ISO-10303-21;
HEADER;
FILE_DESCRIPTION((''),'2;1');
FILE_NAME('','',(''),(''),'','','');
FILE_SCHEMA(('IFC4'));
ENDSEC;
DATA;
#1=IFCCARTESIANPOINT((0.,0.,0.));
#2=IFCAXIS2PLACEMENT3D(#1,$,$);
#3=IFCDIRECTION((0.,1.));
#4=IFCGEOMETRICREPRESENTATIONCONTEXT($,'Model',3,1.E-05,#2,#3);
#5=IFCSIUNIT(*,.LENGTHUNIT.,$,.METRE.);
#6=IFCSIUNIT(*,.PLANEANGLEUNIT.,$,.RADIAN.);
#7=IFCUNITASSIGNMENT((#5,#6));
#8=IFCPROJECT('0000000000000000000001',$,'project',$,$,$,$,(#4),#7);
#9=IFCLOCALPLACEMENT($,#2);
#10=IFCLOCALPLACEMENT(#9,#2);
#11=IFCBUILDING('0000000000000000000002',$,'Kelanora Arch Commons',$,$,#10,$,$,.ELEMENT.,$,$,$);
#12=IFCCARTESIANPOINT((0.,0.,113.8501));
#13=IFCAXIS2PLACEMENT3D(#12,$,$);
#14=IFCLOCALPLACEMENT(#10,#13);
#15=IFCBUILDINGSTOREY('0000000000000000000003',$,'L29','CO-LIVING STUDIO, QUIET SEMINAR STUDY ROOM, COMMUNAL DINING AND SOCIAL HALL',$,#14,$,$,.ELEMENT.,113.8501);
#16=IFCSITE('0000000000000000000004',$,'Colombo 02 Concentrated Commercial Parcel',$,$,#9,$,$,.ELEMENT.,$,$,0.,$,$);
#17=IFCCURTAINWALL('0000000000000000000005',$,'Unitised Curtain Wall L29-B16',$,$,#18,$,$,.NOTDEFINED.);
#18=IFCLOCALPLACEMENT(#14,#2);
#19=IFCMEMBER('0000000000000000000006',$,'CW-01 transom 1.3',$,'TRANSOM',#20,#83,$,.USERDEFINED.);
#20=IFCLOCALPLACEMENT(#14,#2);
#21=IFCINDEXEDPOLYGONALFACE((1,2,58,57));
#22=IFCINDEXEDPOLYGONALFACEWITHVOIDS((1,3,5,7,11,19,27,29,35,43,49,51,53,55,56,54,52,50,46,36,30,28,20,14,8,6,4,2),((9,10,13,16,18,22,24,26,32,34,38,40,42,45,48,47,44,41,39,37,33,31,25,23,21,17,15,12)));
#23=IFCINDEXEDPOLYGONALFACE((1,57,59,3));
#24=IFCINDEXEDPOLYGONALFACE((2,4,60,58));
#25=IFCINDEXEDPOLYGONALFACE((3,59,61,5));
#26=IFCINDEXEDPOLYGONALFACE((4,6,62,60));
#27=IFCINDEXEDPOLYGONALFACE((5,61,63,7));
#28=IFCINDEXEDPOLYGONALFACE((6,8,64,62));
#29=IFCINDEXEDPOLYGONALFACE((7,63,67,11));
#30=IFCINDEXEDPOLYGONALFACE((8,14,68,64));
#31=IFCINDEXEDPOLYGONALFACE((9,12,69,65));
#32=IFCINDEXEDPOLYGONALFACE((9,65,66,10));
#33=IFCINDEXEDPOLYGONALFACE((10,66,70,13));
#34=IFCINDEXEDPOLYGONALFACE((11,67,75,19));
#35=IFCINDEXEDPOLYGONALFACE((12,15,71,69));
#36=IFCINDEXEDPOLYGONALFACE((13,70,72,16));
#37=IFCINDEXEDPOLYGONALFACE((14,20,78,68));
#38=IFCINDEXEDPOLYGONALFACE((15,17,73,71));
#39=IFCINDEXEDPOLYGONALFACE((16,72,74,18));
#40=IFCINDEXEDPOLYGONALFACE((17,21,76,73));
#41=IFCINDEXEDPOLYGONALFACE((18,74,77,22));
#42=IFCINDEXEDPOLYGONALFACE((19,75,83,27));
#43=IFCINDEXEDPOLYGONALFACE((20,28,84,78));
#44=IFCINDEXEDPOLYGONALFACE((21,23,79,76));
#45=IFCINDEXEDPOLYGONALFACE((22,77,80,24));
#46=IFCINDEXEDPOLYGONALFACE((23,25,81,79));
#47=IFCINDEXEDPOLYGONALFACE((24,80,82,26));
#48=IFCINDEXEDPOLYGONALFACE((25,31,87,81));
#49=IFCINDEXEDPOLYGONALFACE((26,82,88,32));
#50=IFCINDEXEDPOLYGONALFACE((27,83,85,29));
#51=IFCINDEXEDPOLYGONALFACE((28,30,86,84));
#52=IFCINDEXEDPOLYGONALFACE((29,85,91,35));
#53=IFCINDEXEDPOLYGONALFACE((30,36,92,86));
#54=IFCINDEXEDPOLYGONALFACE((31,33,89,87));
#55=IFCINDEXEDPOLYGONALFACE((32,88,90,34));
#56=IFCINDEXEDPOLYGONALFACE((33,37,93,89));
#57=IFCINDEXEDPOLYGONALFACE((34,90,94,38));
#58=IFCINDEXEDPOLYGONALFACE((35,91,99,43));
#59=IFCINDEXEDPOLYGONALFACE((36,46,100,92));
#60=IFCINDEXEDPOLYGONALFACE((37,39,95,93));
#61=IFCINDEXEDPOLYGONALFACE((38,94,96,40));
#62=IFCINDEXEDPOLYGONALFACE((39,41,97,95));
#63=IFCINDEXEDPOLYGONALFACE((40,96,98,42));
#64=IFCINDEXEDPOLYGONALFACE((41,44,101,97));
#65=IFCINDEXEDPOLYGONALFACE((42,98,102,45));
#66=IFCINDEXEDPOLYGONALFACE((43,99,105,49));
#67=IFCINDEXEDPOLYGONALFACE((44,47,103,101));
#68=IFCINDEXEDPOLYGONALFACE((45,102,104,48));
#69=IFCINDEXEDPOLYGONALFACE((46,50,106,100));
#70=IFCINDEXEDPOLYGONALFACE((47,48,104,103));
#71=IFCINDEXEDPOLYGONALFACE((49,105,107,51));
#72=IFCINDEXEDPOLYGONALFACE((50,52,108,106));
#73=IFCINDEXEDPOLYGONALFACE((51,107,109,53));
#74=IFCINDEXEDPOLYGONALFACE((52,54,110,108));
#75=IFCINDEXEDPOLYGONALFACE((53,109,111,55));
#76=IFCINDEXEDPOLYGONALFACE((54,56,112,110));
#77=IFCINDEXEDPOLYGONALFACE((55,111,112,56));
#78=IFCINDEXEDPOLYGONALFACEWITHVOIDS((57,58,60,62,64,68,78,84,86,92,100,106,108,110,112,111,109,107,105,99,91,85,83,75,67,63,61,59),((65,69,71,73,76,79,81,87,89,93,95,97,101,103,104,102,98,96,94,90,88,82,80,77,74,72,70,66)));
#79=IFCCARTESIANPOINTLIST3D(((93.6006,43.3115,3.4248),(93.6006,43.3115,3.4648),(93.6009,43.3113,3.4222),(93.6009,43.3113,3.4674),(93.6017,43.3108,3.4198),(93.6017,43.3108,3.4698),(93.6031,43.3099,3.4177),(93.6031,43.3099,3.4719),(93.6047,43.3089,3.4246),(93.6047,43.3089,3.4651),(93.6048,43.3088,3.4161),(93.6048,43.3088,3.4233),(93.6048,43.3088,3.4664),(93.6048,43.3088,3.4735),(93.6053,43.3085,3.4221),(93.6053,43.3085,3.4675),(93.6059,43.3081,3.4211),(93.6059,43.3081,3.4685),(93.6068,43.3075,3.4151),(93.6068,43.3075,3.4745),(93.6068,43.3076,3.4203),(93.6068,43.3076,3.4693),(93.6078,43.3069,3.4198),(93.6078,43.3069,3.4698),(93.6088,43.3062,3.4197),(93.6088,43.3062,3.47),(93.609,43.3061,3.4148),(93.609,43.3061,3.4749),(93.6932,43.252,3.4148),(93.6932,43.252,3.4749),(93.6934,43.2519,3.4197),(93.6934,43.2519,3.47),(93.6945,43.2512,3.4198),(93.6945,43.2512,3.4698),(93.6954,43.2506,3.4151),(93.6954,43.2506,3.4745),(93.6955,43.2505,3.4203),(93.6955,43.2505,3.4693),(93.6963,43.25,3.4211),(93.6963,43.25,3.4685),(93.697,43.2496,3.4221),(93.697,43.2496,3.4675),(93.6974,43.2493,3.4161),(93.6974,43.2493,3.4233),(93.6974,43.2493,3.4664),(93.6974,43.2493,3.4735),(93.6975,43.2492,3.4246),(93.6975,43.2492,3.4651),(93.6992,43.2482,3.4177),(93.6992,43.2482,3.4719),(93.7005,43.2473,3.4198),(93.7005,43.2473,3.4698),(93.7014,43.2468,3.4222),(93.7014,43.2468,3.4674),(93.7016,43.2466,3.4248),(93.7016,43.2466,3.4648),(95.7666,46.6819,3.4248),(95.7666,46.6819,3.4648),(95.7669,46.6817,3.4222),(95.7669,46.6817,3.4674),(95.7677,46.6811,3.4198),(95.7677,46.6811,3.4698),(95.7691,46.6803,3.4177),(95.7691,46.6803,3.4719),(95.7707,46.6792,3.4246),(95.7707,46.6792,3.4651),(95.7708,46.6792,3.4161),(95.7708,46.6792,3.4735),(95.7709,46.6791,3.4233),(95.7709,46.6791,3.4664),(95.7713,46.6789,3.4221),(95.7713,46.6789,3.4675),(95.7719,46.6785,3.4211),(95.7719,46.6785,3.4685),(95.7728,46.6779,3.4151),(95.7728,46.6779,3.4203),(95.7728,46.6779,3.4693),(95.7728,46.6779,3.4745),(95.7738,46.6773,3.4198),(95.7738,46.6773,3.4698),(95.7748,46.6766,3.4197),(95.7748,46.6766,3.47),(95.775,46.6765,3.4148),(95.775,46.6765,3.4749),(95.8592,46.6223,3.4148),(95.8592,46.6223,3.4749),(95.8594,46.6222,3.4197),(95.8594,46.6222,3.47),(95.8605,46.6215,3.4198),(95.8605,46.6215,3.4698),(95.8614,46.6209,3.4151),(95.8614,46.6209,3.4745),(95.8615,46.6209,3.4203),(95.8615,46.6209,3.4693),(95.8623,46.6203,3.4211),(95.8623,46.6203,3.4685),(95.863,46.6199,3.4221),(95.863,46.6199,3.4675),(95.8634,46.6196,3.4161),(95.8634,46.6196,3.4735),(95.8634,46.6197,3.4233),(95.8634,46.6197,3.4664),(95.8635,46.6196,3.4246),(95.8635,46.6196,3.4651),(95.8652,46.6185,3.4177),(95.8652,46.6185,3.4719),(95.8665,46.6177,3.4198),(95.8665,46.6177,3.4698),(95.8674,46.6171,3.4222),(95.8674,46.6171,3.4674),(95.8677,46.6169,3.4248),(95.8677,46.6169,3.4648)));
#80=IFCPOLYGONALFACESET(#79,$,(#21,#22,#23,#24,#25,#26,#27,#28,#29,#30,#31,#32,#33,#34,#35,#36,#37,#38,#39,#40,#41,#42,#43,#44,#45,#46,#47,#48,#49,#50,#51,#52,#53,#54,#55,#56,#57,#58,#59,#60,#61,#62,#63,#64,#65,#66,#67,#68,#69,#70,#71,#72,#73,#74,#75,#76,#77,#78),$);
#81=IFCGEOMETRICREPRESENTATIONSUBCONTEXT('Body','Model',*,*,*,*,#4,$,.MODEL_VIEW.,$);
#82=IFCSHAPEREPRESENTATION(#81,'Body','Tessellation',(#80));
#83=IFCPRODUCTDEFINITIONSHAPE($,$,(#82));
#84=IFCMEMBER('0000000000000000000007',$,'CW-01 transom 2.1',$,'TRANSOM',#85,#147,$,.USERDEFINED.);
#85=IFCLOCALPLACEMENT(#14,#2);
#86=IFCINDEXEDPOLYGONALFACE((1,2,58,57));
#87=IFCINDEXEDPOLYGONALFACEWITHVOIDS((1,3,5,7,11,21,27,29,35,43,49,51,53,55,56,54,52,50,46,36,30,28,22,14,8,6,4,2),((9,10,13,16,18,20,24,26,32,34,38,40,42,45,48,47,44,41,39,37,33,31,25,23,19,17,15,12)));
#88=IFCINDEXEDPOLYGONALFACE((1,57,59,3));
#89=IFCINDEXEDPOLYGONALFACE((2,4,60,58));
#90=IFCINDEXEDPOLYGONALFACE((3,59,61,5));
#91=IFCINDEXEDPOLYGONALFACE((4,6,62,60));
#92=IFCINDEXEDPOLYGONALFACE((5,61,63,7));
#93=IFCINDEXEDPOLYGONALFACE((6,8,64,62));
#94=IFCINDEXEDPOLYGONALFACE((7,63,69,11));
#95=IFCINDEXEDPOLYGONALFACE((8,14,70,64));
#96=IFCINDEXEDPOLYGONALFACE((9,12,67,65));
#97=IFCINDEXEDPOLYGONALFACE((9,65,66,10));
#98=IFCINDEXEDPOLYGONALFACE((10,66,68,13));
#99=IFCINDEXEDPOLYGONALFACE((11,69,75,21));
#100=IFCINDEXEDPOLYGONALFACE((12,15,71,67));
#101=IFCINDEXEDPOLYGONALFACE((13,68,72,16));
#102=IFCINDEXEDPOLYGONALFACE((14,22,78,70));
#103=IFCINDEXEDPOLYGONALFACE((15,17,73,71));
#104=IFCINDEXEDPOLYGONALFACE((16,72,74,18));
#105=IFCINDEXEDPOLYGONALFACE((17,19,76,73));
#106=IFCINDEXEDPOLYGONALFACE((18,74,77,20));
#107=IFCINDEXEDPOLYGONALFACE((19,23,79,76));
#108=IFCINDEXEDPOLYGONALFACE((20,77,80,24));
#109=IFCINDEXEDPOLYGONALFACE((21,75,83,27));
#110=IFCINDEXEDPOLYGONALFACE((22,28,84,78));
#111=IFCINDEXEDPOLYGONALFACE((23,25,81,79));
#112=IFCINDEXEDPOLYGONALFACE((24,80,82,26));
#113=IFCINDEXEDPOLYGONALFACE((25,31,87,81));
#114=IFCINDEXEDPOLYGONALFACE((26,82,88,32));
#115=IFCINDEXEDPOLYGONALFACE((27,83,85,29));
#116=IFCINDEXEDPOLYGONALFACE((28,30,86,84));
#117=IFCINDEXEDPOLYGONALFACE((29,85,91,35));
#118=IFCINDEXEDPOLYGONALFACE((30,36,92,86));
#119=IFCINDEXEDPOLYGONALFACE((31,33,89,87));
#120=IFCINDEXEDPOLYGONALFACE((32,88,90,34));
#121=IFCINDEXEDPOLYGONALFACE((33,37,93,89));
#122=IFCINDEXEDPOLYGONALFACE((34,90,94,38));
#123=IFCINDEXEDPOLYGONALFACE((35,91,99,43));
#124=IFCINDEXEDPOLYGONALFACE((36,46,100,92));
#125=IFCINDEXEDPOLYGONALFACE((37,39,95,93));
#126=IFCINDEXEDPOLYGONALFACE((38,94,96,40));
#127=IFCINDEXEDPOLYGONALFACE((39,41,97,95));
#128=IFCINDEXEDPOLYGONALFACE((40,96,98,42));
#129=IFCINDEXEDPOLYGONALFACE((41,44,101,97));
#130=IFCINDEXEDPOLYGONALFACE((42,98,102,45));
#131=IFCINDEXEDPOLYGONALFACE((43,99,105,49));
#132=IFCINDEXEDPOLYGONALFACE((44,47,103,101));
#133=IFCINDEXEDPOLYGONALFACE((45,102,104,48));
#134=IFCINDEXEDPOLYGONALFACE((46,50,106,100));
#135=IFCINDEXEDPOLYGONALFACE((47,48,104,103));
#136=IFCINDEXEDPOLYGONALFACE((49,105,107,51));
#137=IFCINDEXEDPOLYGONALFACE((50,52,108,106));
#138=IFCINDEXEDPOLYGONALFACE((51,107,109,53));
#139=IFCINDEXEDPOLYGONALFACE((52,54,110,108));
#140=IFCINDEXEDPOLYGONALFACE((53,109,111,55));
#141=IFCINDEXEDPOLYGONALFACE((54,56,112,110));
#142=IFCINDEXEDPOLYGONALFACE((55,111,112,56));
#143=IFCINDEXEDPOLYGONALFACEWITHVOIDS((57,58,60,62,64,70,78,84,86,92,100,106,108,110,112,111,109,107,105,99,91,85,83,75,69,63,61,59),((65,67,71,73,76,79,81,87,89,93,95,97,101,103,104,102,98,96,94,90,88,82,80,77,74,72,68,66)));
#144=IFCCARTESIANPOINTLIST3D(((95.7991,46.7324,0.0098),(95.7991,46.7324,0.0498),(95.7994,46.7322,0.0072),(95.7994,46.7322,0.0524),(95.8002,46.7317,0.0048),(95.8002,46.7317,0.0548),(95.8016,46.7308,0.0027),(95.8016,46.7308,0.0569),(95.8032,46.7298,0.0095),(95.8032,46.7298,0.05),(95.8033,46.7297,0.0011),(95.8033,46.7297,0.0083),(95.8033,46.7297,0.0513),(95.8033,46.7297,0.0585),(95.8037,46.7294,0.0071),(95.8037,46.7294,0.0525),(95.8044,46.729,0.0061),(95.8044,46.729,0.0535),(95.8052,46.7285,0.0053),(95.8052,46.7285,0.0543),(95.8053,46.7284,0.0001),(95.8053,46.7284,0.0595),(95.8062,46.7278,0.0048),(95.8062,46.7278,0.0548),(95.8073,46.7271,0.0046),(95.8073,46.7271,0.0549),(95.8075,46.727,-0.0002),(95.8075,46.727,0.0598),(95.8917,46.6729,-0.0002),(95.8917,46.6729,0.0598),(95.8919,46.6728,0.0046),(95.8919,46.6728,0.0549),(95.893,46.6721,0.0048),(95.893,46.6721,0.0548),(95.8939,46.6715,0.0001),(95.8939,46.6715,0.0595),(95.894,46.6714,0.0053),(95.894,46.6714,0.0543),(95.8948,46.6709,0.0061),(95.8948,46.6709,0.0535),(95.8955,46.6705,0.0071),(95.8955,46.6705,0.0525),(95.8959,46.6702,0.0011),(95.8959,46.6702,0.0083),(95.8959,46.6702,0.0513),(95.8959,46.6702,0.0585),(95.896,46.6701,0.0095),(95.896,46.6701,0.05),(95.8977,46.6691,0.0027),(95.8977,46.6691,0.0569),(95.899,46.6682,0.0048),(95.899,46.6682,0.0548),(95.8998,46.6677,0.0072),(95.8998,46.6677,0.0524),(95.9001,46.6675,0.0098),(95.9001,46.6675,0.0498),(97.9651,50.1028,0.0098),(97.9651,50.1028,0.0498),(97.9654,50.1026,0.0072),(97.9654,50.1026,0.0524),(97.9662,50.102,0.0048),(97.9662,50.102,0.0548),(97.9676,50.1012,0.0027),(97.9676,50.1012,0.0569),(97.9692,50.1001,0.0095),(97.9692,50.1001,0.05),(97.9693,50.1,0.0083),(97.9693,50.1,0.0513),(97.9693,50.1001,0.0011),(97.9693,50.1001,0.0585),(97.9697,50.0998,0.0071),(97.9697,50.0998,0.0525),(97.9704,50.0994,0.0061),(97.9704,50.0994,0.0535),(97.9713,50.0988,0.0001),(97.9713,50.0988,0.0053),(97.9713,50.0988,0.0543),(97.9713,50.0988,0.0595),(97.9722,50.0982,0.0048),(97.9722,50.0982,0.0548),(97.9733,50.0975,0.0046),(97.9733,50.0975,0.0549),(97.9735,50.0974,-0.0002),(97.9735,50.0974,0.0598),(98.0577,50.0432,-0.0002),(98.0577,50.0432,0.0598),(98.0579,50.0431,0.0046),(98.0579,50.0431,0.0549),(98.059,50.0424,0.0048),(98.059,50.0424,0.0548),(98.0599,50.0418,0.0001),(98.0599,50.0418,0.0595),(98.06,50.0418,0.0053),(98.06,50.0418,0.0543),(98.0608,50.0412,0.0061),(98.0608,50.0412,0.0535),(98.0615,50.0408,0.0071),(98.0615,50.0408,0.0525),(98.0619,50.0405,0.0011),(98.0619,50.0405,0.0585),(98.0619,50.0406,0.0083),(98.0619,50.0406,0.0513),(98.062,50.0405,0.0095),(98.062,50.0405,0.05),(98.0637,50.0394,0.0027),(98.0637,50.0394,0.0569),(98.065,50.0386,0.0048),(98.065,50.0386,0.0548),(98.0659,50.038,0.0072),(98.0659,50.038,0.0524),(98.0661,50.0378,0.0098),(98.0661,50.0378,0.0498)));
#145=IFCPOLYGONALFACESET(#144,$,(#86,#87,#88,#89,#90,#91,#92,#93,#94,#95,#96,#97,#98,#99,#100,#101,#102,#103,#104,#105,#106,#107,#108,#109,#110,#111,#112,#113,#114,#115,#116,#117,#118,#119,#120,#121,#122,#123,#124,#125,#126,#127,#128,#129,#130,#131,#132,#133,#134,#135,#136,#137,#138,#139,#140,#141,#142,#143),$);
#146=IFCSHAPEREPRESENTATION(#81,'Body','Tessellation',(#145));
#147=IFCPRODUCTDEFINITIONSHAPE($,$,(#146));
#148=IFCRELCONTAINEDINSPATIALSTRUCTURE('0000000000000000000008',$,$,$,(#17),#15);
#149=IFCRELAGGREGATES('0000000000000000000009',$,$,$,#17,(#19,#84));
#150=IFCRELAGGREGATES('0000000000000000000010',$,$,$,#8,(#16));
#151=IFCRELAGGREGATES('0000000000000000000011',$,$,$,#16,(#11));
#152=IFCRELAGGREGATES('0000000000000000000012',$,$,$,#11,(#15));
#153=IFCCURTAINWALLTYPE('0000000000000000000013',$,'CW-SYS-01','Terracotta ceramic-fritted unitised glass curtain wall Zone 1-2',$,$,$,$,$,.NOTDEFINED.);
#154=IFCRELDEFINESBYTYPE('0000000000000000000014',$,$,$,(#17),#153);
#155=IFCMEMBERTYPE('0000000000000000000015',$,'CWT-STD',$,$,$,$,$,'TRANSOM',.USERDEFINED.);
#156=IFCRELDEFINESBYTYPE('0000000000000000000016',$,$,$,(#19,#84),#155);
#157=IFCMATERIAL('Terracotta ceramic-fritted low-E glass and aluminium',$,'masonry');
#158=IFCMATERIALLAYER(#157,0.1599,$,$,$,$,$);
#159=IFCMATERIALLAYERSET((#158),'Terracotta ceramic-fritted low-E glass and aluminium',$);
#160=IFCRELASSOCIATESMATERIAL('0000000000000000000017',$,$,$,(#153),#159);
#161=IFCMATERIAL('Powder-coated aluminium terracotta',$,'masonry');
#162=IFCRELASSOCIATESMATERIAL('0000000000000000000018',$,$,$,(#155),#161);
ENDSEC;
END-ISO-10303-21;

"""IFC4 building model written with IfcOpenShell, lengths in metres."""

from ifc_helpers import new_model, si_unit, direction, frame, origin, origin_2d, place, context, subcontext, project, spatial, hollow_rectangle, extrude, material, layer, layer_set, material_profile, profile_set, type_object, element, aggregate, save


model = new_model("IFC4")

# Units and contexts
model_context = context("Model", 3, precision=1e-05, world=origin(), true_north=direction((0.0, 1.0)))
body_context = subcontext(model_context, "Body", "Model", "MODEL_VIEW")
ifc_project = project(units=[si_unit("LENGTHUNIT", "METRE"), si_unit("PLANEANGLEUNIT", "RADIAN")], contexts=[model_context])

# Site, building, storey
site_placement = place(None, origin())
site = spatial("IfcSite", under=ifc_project, at=site_placement, Name="Colombo 02 Concentrated Commercial Parcel", CompositionType="ELEMENT", RefElevation=0.0)
building_placement = place(site_placement, origin())
building = spatial("IfcBuilding", under=site, at=building_placement, Name="Kelanora Arch Commons", CompositionType="ELEMENT")
storey_placement = place(building_placement, frame((0.0, 0.0, 113.8501)))
storey = spatial("IfcBuildingStorey", under=building, at=storey_placement, Name="L29", Description="CO-LIVING STUDIO, QUIET SEMINAR STUDY ROOM, COMMUNAL DINING AND SOCIAL HALL", CompositionType="ELEMENT", Elevation=113.8501)

# Shared definitions
ifc_material_1 = material(Name="Terracotta ceramic-fritted low-E glass and aluminium", Category="masonry")
ifc_layer_1 = layer(ifc_material_1, 0.1599)
ifc_layer_set_1 = layer_set([ifc_layer_1], Name="Terracotta ceramic-fritted low-E glass and aluminium")
curtain_wall_type = type_object("IfcCurtainWallType", Name="CW-SYS-01", Description="Terracotta ceramic-fritted unitised glass curtain wall Zone 1-2", PredefinedType="NOTDEFINED", material=ifc_layer_set_1)
ifc_material_2 = material(Name="Powder-coated aluminium terracotta", Category="masonry")

# Curtain wall, members
curtain_wall_1_placement = place(storey_placement, origin())
curtain_wall_1 = element("IfcCurtainWall", 1, at=curtain_wall_1_placement, inside=storey, type_object=curtain_wall_type, Name="Unitised Curtain Wall L29-B16", PredefinedType="NOTDEFINED")
ifc_material_profile_1 = material_profile(ifc_material_2, hollow_rectangle(XDim=0.1201, YDim=0.0601, WallThickness=0.0049, InnerFilletRadius=0.0049, OuterFilletRadius=0.01, at=origin_2d()), Name="CWT120x60")
ifc_profile_set_1 = profile_set([ifc_material_profile_1], Name="Powder-coated aluminium terracotta")
member_type_1 = type_object("IfcMemberType", Name="CWT-STD", ElementType="TRANSOM", PredefinedType="USERDEFINED", material=ifc_profile_set_1)
member_1_placement = place(storey_placement, frame((93.6511, 43.2791, 3.4448), z_axis=(0.540644, 0.841252, 0.0), x_axis=(-0.841252, 0.540644, 0.0)))
member_1 = element("IfcMember", 2, at=member_1_placement, type_object=member_type_1, Name="CW-01 transom 1.3", ObjectType="TRANSOM", PredefinedType="USERDEFINED", context=body_context, shape_type="SweptSolid", body=[
    extrude(hollow_rectangle(XDim=0.1201, YDim=0.0601, WallThickness=0.0049, InnerFilletRadius=0.0049, OuterFilletRadius=0.01, at=origin_2d()), origin(), (0.0, 0.0, 1.0), 4.0063),
])
member_2_placement = place(storey_placement, frame((95.8496, 46.7, 0.0298), z_axis=(0.540644, 0.841252, 0.0), x_axis=(-0.841252, 0.540644, 0.0)))
member_2 = element("IfcMember", 3, at=member_2_placement, type_object=member_type_1, Name="CW-01 transom 2.1", ObjectType="TRANSOM", PredefinedType="USERDEFINED", context=body_context, shape_type="SweptSolid", body=[
    extrude(hollow_rectangle(XDim=0.1201, YDim=0.0601, WallThickness=0.0049, InnerFilletRadius=0.0049, OuterFilletRadius=0.01, at=origin_2d()), origin(), (0.0, 0.0, 1.0), 4.0063),
])

aggregate(curtain_wall_1, [member_1, member_2])

save(model, "model.ifc")
